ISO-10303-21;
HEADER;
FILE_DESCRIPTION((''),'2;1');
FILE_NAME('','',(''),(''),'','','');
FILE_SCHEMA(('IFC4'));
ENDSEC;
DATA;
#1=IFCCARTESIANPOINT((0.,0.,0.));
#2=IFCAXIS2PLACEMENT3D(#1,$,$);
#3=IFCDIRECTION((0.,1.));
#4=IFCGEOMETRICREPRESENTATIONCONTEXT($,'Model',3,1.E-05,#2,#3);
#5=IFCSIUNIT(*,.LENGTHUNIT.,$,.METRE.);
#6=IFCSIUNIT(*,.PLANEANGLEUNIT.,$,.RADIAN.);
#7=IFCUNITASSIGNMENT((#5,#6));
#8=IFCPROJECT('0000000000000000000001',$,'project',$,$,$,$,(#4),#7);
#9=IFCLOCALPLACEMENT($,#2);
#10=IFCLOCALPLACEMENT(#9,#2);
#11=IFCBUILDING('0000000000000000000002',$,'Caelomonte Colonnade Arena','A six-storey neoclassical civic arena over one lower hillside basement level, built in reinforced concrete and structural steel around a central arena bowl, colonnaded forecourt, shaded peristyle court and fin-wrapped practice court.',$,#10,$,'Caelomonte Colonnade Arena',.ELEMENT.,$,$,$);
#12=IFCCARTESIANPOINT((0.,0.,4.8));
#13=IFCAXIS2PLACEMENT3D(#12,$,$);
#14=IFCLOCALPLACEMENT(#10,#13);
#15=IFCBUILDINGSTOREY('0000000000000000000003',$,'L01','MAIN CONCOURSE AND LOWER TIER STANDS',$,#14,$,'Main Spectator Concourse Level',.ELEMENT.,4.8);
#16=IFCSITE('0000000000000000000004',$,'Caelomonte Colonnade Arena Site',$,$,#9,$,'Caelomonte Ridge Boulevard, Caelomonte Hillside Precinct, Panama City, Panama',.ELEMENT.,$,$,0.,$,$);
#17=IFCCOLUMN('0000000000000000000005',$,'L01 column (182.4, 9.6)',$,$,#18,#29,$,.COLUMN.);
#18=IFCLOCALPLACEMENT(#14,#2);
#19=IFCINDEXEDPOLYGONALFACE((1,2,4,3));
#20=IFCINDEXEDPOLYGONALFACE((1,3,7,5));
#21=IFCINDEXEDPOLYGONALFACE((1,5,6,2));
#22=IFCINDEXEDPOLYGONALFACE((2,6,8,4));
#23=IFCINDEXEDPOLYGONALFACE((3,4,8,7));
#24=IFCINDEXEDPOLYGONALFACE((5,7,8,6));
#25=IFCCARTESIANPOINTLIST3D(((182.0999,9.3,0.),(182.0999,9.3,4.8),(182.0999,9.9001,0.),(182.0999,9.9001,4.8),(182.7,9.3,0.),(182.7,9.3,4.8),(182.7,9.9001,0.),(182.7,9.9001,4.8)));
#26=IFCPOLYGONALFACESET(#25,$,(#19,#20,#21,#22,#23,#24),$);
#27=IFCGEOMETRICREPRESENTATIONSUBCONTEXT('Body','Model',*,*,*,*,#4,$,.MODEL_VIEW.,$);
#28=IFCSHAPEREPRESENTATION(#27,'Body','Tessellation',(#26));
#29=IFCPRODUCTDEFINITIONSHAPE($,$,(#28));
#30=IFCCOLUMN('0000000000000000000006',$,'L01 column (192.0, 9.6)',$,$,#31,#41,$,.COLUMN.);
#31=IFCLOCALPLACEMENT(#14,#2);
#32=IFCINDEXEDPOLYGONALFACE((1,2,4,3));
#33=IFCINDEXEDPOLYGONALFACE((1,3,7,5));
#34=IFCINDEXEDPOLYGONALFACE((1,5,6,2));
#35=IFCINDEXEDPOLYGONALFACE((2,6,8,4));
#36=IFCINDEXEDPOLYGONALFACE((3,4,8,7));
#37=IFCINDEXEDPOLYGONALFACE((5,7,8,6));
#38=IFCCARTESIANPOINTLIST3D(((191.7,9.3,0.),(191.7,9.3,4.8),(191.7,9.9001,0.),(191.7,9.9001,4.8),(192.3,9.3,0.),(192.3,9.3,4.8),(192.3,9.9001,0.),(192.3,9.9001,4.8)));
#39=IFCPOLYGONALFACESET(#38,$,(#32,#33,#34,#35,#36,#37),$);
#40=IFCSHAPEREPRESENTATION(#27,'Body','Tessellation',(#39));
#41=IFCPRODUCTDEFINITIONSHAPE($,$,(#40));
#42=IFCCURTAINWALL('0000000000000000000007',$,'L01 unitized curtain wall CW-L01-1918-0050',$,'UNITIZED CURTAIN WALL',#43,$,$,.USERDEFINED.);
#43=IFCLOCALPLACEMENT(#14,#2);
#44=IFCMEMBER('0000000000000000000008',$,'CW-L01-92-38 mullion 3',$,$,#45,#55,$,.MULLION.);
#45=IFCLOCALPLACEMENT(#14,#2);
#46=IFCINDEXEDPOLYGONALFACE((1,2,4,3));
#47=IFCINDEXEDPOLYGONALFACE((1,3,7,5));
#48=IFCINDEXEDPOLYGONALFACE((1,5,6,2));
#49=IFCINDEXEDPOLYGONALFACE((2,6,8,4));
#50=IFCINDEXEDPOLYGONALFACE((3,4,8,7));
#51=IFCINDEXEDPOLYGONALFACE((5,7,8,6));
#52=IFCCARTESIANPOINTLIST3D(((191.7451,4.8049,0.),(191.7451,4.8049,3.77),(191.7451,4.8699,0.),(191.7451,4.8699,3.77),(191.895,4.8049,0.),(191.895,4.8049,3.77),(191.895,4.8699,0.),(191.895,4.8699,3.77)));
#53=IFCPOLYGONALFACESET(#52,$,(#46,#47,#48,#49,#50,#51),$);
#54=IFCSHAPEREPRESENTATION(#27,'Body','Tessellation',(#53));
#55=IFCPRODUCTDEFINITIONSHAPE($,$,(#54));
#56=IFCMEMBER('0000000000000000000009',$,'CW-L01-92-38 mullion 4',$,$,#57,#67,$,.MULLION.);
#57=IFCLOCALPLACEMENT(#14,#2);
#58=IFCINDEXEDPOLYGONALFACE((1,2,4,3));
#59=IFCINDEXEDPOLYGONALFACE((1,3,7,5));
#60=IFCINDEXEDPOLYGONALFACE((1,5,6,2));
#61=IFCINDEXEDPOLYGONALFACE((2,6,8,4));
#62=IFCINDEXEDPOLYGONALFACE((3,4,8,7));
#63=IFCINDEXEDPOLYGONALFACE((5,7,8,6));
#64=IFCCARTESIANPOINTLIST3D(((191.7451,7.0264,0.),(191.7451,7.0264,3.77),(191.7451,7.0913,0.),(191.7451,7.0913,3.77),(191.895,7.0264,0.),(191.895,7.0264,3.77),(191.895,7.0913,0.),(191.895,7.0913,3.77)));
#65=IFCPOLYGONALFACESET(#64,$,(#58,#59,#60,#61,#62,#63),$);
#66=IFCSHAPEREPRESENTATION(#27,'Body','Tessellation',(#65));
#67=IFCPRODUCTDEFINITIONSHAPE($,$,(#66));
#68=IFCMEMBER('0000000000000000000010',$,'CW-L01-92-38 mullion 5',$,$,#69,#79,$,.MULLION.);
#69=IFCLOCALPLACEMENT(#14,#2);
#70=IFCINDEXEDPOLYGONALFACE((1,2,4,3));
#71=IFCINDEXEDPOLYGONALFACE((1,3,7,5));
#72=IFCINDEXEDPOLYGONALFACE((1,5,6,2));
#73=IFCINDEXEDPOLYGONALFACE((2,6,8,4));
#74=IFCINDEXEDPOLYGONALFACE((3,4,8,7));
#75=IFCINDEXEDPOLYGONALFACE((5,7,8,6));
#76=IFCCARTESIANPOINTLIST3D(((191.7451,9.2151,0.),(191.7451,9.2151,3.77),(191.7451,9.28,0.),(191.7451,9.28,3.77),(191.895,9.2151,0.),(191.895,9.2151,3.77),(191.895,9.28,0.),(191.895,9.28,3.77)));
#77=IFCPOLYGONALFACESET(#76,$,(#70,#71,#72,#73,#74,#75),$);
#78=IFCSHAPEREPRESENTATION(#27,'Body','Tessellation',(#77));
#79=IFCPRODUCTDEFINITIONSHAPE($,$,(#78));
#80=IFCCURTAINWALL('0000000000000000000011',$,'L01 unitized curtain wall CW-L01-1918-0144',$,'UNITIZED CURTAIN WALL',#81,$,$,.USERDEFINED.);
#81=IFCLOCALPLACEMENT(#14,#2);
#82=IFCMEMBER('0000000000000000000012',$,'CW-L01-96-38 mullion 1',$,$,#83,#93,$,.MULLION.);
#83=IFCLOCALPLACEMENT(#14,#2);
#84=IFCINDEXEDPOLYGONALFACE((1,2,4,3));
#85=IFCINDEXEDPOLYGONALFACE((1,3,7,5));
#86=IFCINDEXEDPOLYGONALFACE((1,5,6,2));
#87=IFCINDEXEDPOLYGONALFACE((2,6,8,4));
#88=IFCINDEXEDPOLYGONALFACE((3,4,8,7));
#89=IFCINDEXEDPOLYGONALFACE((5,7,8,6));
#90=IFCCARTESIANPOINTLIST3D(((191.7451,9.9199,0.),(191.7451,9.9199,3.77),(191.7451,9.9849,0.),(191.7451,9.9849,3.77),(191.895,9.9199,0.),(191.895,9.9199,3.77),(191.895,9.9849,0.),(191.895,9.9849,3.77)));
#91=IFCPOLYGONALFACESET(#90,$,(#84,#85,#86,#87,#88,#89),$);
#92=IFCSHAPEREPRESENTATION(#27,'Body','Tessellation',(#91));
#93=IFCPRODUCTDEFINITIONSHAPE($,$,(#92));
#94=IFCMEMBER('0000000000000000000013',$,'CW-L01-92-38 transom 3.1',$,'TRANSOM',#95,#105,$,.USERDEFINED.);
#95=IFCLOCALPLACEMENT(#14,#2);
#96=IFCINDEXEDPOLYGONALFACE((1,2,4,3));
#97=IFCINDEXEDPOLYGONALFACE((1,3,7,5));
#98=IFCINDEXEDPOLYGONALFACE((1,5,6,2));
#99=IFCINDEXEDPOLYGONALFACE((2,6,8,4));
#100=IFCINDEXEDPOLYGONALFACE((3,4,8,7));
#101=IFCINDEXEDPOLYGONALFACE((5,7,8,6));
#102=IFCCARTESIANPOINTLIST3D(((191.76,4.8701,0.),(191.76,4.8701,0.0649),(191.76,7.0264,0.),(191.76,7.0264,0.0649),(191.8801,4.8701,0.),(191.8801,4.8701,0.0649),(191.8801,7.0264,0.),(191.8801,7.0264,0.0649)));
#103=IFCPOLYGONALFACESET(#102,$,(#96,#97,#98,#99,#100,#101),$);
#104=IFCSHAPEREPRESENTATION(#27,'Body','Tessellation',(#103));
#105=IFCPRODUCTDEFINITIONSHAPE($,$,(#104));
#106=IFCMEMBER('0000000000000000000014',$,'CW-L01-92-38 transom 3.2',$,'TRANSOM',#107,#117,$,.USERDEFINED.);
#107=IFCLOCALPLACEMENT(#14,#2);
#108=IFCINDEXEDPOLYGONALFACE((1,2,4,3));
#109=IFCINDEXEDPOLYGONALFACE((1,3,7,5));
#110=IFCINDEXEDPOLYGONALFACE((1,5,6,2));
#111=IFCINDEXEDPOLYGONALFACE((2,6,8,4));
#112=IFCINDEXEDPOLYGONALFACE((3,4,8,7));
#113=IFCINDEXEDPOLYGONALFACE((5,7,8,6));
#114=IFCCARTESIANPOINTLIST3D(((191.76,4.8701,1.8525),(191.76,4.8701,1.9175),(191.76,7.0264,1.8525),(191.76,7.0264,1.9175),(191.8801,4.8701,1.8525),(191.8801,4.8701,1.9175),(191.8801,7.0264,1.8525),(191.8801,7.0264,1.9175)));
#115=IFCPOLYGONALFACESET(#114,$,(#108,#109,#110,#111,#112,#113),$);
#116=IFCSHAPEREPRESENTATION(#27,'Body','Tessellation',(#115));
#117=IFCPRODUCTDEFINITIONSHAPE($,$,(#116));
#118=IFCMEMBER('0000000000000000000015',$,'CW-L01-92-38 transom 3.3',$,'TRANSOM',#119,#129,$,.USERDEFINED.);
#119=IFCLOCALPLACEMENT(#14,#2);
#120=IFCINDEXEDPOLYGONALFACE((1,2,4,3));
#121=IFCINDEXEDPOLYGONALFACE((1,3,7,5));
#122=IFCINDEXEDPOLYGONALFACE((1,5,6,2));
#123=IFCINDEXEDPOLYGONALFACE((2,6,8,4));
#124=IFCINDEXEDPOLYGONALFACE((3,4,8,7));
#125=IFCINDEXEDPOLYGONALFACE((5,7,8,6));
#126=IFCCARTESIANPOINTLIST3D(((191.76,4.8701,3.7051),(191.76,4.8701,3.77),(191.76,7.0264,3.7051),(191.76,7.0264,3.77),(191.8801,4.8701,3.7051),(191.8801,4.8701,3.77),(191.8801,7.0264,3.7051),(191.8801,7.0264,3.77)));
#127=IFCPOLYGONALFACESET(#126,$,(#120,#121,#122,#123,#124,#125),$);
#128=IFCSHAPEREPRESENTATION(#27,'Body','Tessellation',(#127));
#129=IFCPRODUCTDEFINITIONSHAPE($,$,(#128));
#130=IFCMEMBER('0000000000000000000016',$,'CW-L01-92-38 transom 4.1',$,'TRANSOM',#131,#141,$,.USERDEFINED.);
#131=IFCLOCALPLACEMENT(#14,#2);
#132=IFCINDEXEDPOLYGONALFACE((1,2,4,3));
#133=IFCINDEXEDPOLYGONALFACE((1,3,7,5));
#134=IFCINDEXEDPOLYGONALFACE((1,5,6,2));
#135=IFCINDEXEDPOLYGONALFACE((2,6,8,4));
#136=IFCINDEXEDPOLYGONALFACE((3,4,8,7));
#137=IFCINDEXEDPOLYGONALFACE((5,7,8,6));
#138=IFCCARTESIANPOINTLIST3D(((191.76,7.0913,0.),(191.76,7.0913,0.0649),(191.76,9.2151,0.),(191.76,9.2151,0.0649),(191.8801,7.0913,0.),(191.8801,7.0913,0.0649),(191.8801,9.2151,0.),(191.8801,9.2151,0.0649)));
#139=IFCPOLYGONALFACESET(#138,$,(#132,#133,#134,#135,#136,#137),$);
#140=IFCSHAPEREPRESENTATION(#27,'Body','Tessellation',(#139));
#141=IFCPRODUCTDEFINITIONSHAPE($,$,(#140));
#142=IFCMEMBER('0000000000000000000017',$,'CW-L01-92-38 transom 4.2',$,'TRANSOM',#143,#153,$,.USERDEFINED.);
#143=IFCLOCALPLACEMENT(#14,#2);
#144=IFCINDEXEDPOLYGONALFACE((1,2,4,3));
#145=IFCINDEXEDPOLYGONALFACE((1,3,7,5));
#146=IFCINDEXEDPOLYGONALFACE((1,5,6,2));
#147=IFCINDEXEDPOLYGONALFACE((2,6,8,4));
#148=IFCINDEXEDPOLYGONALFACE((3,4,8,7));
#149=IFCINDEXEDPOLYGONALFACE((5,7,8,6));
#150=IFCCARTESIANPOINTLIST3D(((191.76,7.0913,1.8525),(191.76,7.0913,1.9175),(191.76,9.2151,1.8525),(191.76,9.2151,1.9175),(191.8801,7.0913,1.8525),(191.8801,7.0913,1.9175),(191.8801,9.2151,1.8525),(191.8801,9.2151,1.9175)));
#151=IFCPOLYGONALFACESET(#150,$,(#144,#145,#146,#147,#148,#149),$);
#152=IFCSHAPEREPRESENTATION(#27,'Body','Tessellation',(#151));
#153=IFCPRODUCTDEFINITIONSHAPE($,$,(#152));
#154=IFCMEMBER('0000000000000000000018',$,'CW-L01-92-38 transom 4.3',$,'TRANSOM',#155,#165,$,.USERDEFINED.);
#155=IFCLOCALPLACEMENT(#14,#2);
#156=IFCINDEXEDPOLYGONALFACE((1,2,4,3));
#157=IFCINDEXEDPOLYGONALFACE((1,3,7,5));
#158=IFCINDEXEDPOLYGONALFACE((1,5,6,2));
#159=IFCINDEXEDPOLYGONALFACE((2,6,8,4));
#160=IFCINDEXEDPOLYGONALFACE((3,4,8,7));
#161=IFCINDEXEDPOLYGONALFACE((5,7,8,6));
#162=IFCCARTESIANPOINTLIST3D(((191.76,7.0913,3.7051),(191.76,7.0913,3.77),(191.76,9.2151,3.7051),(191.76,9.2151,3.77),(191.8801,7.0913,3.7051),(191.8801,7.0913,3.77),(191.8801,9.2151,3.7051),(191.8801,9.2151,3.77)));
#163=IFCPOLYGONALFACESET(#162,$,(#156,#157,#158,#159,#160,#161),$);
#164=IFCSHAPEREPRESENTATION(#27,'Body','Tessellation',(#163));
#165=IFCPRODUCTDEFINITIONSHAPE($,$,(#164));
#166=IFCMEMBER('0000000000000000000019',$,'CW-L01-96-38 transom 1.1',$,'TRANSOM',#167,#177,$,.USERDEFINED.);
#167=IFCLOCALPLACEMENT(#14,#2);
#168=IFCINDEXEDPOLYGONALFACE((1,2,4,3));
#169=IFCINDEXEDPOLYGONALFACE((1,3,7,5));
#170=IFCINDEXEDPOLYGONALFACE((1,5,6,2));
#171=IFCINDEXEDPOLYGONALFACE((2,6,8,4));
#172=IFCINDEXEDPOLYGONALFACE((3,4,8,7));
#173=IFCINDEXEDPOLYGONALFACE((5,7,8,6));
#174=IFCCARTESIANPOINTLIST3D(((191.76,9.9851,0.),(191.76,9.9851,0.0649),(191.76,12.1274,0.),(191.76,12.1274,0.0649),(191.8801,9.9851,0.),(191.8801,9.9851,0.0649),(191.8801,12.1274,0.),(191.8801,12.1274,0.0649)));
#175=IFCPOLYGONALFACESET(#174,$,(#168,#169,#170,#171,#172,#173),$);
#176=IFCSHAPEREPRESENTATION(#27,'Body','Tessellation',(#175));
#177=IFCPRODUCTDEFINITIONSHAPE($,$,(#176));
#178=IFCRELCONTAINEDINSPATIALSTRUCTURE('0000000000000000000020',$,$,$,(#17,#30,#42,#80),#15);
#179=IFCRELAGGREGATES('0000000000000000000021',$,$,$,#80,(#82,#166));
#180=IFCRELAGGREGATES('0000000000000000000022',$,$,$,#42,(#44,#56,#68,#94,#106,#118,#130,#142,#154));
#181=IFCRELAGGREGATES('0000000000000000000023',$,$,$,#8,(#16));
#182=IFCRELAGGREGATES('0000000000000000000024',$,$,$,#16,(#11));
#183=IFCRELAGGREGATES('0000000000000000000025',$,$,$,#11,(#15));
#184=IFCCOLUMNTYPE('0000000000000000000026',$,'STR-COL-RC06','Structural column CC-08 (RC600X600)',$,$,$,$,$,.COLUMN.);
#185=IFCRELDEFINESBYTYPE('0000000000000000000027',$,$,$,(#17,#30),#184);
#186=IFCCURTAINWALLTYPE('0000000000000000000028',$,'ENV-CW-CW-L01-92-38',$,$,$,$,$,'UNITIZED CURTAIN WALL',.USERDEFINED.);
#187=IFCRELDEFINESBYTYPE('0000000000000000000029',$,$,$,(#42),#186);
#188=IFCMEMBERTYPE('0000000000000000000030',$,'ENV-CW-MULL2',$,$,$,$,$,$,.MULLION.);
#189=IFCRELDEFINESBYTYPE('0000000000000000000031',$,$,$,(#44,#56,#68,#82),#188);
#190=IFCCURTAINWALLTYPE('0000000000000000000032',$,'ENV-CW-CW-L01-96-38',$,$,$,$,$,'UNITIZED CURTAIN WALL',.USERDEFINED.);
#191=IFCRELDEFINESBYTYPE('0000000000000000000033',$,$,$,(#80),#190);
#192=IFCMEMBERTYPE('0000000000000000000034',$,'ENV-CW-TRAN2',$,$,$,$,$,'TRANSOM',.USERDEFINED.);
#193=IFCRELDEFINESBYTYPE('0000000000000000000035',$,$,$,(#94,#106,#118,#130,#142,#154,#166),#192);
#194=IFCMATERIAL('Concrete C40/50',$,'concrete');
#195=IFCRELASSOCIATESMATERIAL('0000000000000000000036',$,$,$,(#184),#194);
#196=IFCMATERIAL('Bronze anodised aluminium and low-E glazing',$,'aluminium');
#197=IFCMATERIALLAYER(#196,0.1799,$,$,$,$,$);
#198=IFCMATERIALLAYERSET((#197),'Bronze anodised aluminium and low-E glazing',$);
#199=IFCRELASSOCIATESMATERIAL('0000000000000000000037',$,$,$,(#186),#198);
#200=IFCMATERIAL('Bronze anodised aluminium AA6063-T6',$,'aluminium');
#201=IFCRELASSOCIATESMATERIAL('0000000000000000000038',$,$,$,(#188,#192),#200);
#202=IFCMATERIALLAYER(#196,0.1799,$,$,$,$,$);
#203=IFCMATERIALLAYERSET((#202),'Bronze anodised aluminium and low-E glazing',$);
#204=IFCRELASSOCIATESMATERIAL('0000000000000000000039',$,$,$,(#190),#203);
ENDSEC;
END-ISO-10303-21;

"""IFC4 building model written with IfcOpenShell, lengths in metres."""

from ifc_helpers import new_model, si_unit, direction, frame, origin, origin_2d, place, context, subcontext, project, spatial, rectangle, extrude, material, layer, layer_set, material_profile, profile_set, type_object, element, aggregate, save


model = new_model("IFC4")

# Units and contexts
model_context = context("Model", 3, precision=1e-05, world=origin(), true_north=direction((0.0, 1.0)))
body_context = subcontext(model_context, "Body", "Model", "MODEL_VIEW")
ifc_project = project(units=[si_unit("LENGTHUNIT", "METRE"), si_unit("PLANEANGLEUNIT", "RADIAN")], contexts=[model_context])

# Site, building, storey
site_placement = place(None, origin())
site = spatial("IfcSite", under=ifc_project, at=site_placement, Name="Caelomonte Colonnade Arena Site", LongName="Caelomonte Ridge Boulevard, Caelomonte Hillside Precinct, Panama City, Panama", CompositionType="ELEMENT", RefElevation=0.0)
building_placement = place(site_placement, origin())
building = spatial("IfcBuilding", under=site, at=building_placement, Name="Caelomonte Colonnade Arena", Description="A six-storey neoclassical civic arena over one lower hillside basement level, built in reinforced concrete and structural steel around a central arena bowl, colonnaded forecourt, shaded peristyle court and fin-wrapped practice court.", LongName="Caelomonte Colonnade Arena", CompositionType="ELEMENT")
storey_placement = place(building_placement, frame((0.0, 0.0, 4.8)))
storey = spatial("IfcBuildingStorey", under=building, at=storey_placement, Name="L01", Description="MAIN CONCOURSE AND LOWER TIER STANDS", LongName="Main Spectator Concourse Level", CompositionType="ELEMENT", Elevation=4.8)

# Columns
ifc_material_1 = material(Name="Concrete C40/50", Category="concrete")
ifc_material_profile_1 = material_profile(ifc_material_1, rectangle(XDim=0.6001, YDim=0.6001, at=origin_2d()), Name="RC600X600")
ifc_profile_set_1 = profile_set([ifc_material_profile_1], Name="Concrete C40/50")
column_type = type_object("IfcColumnType", Name="STR-COL-RC06", Description="Structural column CC-08 (RC600X600)", PredefinedType="COLUMN", material=ifc_profile_set_1)
for number, where, z_axis, x_axis, name in (
    (1, (182.3999, 9.6001, 0.0), (0.0, 0.0, 1.0), (1.0, 0.0, 0.0), "L01 column (182.4, 9.6)"),
    (2, (192.0, 9.6001, 0.0), (0.0, 0.0, 1.0), (1.0, 0.0, 0.0), "L01 column (192.0, 9.6)"),
):
    element("IfcColumn", number, at=place(storey_placement, frame(where, z_axis=z_axis, x_axis=x_axis)), inside=storey, type_object=column_type, Name=name, PredefinedType="COLUMN", context=body_context, shape_type="SweptSolid", body=[
        extrude(rectangle(XDim=0.6001, YDim=0.6001, at=origin_2d()), origin(), (0.0, 0.0, 1.0), 4.8),
    ])

# Curtain wall, members
ifc_material_2 = material(Name="Bronze anodised aluminium and low-E glazing", Category="aluminium")
ifc_layer_1 = layer(ifc_material_2, 0.1799)
ifc_layer_set_1 = layer_set([ifc_layer_1], Name="Bronze anodised aluminium and low-E glazing")
curtain_wall_type_1 = type_object("IfcCurtainWallType", Name="ENV-CW-CW-L01-92-38", ElementType="UNITIZED CURTAIN WALL", PredefinedType="USERDEFINED", material=ifc_layer_set_1)
curtain_wall_1_placement = place(storey_placement, origin())
curtain_wall_1 = element("IfcCurtainWall", 3, at=curtain_wall_1_placement, inside=storey, type_object=curtain_wall_type_1, Name="L01 unitized curtain wall CW-L01-1918-0050", ObjectType="UNITIZED CURTAIN WALL", PredefinedType="USERDEFINED")
ifc_material_3 = material(Name="Bronze anodised aluminium AA6063-T6", Category="aluminium")
ifc_material_profile_2 = material_profile(ifc_material_3, rectangle(XDim=0.0649, YDim=0.1499, at=origin_2d()), Name="CWM-65X150")
ifc_profile_set_2 = profile_set([ifc_material_profile_2], Name="Bronze anodised aluminium AA6063-T6")
member_type_1 = type_object("IfcMemberType", Name="ENV-CW-MULL2", PredefinedType="MULLION", material=ifc_profile_set_2)
member_1_placement = place(storey_placement, frame((191.8201, 4.8374, 0.0), z_axis=(0.0, 0.0, 1.0), x_axis=(0.0, 1.0, 0.0)))
member_1 = element("IfcMember", 4, at=member_1_placement, type_object=member_type_1, Name="CW-L01-92-38 mullion 3", PredefinedType="MULLION", context=body_context, shape_type="SweptSolid", body=[
    extrude(rectangle(XDim=0.0649, YDim=0.1499, at=origin_2d()), origin(), (0.0, 0.0, 1.0), 3.77),
])
member_2_placement = place(storey_placement, frame((191.8201, 7.0588, 0.0), z_axis=(0.0, 0.0, 1.0), x_axis=(0.0, 1.0, 0.0)))
member_2 = element("IfcMember", 5, at=member_2_placement, type_object=member_type_1, Name="CW-L01-92-38 mullion 4", PredefinedType="MULLION", context=body_context, shape_type="SweptSolid", body=[
    extrude(rectangle(XDim=0.0649, YDim=0.1499, at=origin_2d()), origin(), (0.0, 0.0, 1.0), 3.77),
])
member_3_placement = place(storey_placement, frame((191.8201, 9.2476, 0.0), z_axis=(0.0, 0.0, 1.0), x_axis=(0.0, 1.0, 0.0)))
member_3 = element("IfcMember", 6, at=member_3_placement, type_object=member_type_1, Name="CW-L01-92-38 mullion 5", PredefinedType="MULLION", context=body_context, shape_type="SweptSolid", body=[
    extrude(rectangle(XDim=0.0649, YDim=0.1499, at=origin_2d()), origin(), (0.0, 0.0, 1.0), 3.77),
])

# Curtain wall, member
ifc_layer_2 = layer(ifc_material_2, 0.1799)
ifc_layer_set_2 = layer_set([ifc_layer_2], Name="Bronze anodised aluminium and low-E glazing")
curtain_wall_type_2 = type_object("IfcCurtainWallType", Name="ENV-CW-CW-L01-96-38", ElementType="UNITIZED CURTAIN WALL", PredefinedType="USERDEFINED", material=ifc_layer_set_2)
curtain_wall_2_placement = place(storey_placement, origin())
curtain_wall_2 = element("IfcCurtainWall", 7, at=curtain_wall_2_placement, inside=storey, type_object=curtain_wall_type_2, Name="L01 unitized curtain wall CW-L01-1918-0144", ObjectType="UNITIZED CURTAIN WALL", PredefinedType="USERDEFINED")
member_4_placement = place(storey_placement, frame((191.8201, 9.9524, 0.0), z_axis=(0.0, 0.0, 1.0), x_axis=(0.0, 1.0, 0.0)))
member_4 = element("IfcMember", 8, at=member_4_placement, type_object=member_type_1, Name="CW-L01-96-38 mullion 1", PredefinedType="MULLION", context=body_context, shape_type="SweptSolid", body=[
    extrude(rectangle(XDim=0.0649, YDim=0.1499, at=origin_2d()), origin(), (0.0, 0.0, 1.0), 3.77),
])

# Members
ifc_material_profile_3 = material_profile(ifc_material_3, rectangle(XDim=0.0649, YDim=0.1201, at=origin_2d()), Name="CWT-65X120")
ifc_profile_set_3 = profile_set([ifc_material_profile_3], Name="Bronze anodised aluminium AA6063-T6")
member_type_2 = type_object("IfcMemberType", Name="ENV-CW-TRAN2", ElementType="TRANSOM", PredefinedType="USERDEFINED", material=ifc_profile_set_3)
member_5_placement = place(storey_placement, frame((191.8201, 4.8701, 0.0325), z_axis=(0.0, 1.0, 0.0), x_axis=(0.0, 0.0, 1.0)))
member_5 = element("IfcMember", 9, at=member_5_placement, type_object=member_type_2, Name="CW-L01-92-38 transom 3.1", ObjectType="TRANSOM", PredefinedType="USERDEFINED", context=body_context, shape_type="SweptSolid", body=[
    extrude(rectangle(XDim=0.0649, YDim=0.1201, at=origin_2d()), origin(), (0.0, 0.0, 1.0), 2.1562),
])
member_6_placement = place(storey_placement, frame((191.8201, 4.8701, 1.885), z_axis=(0.0, 1.0, 0.0), x_axis=(0.0, 0.0, 1.0)))
member_6 = element("IfcMember", 10, at=member_6_placement, type_object=member_type_2, Name="CW-L01-92-38 transom 3.2", ObjectType="TRANSOM", PredefinedType="USERDEFINED", context=body_context, shape_type="SweptSolid", body=[
    extrude(rectangle(XDim=0.0649, YDim=0.1201, at=origin_2d()), origin(), (0.0, 0.0, 1.0), 2.1562),
])
member_7_placement = place(storey_placement, frame((191.8201, 4.8701, 3.7375), z_axis=(0.0, 1.0, 0.0), x_axis=(0.0, 0.0, 1.0)))
member_7 = element("IfcMember", 11, at=member_7_placement, type_object=member_type_2, Name="CW-L01-92-38 transom 3.3", ObjectType="TRANSOM", PredefinedType="USERDEFINED", context=body_context, shape_type="SweptSolid", body=[
    extrude(rectangle(XDim=0.0649, YDim=0.1201, at=origin_2d()), origin(), (0.0, 0.0, 1.0), 2.1562),
])
member_8_placement = place(storey_placement, frame((191.8201, 7.0913, 0.0325), z_axis=(0.0, 1.0, 0.0), x_axis=(0.0, 0.0, 1.0)))
member_8 = element("IfcMember", 12, at=member_8_placement, type_object=member_type_2, Name="CW-L01-92-38 transom 4.1", ObjectType="TRANSOM", PredefinedType="USERDEFINED", context=body_context, shape_type="SweptSolid", body=[
    extrude(rectangle(XDim=0.0649, YDim=0.1201, at=origin_2d()), origin(), (0.0, 0.0, 1.0), 2.1238),
])
member_9_placement = place(storey_placement, frame((191.8201, 7.0913, 1.885), z_axis=(0.0, 1.0, 0.0), x_axis=(0.0, 0.0, 1.0)))
member_9 = element("IfcMember", 13, at=member_9_placement, type_object=member_type_2, Name="CW-L01-92-38 transom 4.2", ObjectType="TRANSOM", PredefinedType="USERDEFINED", context=body_context, shape_type="SweptSolid", body=[
    extrude(rectangle(XDim=0.0649, YDim=0.1201, at=origin_2d()), origin(), (0.0, 0.0, 1.0), 2.1238),
])
member_10_placement = place(storey_placement, frame((191.8201, 7.0913, 3.7375), z_axis=(0.0, 1.0, 0.0), x_axis=(0.0, 0.0, 1.0)))
member_10 = element("IfcMember", 14, at=member_10_placement, type_object=member_type_2, Name="CW-L01-92-38 transom 4.3", ObjectType="TRANSOM", PredefinedType="USERDEFINED", context=body_context, shape_type="SweptSolid", body=[
    extrude(rectangle(XDim=0.0649, YDim=0.1201, at=origin_2d()), origin(), (0.0, 0.0, 1.0), 2.1238),
])
member_11_placement = place(storey_placement, frame((191.8201, 9.9851, 0.0325), z_axis=(0.0, 1.0, 0.0), x_axis=(0.0, 0.0, 1.0)))
member_11 = element("IfcMember", 15, at=member_11_placement, type_object=member_type_2, Name="CW-L01-96-38 transom 1.1", ObjectType="TRANSOM", PredefinedType="USERDEFINED", context=body_context, shape_type="SweptSolid", body=[
    extrude(rectangle(XDim=0.0649, YDim=0.1201, at=origin_2d()), origin(), (0.0, 0.0, 1.0), 2.1423),
])
aggregate(curtain_wall_2, [member_4, member_11])

aggregate(curtain_wall_1, [member_1, member_2, member_3, member_5, member_6, member_7, member_8, member_9, member_10])

save(model, "model.ifc")
